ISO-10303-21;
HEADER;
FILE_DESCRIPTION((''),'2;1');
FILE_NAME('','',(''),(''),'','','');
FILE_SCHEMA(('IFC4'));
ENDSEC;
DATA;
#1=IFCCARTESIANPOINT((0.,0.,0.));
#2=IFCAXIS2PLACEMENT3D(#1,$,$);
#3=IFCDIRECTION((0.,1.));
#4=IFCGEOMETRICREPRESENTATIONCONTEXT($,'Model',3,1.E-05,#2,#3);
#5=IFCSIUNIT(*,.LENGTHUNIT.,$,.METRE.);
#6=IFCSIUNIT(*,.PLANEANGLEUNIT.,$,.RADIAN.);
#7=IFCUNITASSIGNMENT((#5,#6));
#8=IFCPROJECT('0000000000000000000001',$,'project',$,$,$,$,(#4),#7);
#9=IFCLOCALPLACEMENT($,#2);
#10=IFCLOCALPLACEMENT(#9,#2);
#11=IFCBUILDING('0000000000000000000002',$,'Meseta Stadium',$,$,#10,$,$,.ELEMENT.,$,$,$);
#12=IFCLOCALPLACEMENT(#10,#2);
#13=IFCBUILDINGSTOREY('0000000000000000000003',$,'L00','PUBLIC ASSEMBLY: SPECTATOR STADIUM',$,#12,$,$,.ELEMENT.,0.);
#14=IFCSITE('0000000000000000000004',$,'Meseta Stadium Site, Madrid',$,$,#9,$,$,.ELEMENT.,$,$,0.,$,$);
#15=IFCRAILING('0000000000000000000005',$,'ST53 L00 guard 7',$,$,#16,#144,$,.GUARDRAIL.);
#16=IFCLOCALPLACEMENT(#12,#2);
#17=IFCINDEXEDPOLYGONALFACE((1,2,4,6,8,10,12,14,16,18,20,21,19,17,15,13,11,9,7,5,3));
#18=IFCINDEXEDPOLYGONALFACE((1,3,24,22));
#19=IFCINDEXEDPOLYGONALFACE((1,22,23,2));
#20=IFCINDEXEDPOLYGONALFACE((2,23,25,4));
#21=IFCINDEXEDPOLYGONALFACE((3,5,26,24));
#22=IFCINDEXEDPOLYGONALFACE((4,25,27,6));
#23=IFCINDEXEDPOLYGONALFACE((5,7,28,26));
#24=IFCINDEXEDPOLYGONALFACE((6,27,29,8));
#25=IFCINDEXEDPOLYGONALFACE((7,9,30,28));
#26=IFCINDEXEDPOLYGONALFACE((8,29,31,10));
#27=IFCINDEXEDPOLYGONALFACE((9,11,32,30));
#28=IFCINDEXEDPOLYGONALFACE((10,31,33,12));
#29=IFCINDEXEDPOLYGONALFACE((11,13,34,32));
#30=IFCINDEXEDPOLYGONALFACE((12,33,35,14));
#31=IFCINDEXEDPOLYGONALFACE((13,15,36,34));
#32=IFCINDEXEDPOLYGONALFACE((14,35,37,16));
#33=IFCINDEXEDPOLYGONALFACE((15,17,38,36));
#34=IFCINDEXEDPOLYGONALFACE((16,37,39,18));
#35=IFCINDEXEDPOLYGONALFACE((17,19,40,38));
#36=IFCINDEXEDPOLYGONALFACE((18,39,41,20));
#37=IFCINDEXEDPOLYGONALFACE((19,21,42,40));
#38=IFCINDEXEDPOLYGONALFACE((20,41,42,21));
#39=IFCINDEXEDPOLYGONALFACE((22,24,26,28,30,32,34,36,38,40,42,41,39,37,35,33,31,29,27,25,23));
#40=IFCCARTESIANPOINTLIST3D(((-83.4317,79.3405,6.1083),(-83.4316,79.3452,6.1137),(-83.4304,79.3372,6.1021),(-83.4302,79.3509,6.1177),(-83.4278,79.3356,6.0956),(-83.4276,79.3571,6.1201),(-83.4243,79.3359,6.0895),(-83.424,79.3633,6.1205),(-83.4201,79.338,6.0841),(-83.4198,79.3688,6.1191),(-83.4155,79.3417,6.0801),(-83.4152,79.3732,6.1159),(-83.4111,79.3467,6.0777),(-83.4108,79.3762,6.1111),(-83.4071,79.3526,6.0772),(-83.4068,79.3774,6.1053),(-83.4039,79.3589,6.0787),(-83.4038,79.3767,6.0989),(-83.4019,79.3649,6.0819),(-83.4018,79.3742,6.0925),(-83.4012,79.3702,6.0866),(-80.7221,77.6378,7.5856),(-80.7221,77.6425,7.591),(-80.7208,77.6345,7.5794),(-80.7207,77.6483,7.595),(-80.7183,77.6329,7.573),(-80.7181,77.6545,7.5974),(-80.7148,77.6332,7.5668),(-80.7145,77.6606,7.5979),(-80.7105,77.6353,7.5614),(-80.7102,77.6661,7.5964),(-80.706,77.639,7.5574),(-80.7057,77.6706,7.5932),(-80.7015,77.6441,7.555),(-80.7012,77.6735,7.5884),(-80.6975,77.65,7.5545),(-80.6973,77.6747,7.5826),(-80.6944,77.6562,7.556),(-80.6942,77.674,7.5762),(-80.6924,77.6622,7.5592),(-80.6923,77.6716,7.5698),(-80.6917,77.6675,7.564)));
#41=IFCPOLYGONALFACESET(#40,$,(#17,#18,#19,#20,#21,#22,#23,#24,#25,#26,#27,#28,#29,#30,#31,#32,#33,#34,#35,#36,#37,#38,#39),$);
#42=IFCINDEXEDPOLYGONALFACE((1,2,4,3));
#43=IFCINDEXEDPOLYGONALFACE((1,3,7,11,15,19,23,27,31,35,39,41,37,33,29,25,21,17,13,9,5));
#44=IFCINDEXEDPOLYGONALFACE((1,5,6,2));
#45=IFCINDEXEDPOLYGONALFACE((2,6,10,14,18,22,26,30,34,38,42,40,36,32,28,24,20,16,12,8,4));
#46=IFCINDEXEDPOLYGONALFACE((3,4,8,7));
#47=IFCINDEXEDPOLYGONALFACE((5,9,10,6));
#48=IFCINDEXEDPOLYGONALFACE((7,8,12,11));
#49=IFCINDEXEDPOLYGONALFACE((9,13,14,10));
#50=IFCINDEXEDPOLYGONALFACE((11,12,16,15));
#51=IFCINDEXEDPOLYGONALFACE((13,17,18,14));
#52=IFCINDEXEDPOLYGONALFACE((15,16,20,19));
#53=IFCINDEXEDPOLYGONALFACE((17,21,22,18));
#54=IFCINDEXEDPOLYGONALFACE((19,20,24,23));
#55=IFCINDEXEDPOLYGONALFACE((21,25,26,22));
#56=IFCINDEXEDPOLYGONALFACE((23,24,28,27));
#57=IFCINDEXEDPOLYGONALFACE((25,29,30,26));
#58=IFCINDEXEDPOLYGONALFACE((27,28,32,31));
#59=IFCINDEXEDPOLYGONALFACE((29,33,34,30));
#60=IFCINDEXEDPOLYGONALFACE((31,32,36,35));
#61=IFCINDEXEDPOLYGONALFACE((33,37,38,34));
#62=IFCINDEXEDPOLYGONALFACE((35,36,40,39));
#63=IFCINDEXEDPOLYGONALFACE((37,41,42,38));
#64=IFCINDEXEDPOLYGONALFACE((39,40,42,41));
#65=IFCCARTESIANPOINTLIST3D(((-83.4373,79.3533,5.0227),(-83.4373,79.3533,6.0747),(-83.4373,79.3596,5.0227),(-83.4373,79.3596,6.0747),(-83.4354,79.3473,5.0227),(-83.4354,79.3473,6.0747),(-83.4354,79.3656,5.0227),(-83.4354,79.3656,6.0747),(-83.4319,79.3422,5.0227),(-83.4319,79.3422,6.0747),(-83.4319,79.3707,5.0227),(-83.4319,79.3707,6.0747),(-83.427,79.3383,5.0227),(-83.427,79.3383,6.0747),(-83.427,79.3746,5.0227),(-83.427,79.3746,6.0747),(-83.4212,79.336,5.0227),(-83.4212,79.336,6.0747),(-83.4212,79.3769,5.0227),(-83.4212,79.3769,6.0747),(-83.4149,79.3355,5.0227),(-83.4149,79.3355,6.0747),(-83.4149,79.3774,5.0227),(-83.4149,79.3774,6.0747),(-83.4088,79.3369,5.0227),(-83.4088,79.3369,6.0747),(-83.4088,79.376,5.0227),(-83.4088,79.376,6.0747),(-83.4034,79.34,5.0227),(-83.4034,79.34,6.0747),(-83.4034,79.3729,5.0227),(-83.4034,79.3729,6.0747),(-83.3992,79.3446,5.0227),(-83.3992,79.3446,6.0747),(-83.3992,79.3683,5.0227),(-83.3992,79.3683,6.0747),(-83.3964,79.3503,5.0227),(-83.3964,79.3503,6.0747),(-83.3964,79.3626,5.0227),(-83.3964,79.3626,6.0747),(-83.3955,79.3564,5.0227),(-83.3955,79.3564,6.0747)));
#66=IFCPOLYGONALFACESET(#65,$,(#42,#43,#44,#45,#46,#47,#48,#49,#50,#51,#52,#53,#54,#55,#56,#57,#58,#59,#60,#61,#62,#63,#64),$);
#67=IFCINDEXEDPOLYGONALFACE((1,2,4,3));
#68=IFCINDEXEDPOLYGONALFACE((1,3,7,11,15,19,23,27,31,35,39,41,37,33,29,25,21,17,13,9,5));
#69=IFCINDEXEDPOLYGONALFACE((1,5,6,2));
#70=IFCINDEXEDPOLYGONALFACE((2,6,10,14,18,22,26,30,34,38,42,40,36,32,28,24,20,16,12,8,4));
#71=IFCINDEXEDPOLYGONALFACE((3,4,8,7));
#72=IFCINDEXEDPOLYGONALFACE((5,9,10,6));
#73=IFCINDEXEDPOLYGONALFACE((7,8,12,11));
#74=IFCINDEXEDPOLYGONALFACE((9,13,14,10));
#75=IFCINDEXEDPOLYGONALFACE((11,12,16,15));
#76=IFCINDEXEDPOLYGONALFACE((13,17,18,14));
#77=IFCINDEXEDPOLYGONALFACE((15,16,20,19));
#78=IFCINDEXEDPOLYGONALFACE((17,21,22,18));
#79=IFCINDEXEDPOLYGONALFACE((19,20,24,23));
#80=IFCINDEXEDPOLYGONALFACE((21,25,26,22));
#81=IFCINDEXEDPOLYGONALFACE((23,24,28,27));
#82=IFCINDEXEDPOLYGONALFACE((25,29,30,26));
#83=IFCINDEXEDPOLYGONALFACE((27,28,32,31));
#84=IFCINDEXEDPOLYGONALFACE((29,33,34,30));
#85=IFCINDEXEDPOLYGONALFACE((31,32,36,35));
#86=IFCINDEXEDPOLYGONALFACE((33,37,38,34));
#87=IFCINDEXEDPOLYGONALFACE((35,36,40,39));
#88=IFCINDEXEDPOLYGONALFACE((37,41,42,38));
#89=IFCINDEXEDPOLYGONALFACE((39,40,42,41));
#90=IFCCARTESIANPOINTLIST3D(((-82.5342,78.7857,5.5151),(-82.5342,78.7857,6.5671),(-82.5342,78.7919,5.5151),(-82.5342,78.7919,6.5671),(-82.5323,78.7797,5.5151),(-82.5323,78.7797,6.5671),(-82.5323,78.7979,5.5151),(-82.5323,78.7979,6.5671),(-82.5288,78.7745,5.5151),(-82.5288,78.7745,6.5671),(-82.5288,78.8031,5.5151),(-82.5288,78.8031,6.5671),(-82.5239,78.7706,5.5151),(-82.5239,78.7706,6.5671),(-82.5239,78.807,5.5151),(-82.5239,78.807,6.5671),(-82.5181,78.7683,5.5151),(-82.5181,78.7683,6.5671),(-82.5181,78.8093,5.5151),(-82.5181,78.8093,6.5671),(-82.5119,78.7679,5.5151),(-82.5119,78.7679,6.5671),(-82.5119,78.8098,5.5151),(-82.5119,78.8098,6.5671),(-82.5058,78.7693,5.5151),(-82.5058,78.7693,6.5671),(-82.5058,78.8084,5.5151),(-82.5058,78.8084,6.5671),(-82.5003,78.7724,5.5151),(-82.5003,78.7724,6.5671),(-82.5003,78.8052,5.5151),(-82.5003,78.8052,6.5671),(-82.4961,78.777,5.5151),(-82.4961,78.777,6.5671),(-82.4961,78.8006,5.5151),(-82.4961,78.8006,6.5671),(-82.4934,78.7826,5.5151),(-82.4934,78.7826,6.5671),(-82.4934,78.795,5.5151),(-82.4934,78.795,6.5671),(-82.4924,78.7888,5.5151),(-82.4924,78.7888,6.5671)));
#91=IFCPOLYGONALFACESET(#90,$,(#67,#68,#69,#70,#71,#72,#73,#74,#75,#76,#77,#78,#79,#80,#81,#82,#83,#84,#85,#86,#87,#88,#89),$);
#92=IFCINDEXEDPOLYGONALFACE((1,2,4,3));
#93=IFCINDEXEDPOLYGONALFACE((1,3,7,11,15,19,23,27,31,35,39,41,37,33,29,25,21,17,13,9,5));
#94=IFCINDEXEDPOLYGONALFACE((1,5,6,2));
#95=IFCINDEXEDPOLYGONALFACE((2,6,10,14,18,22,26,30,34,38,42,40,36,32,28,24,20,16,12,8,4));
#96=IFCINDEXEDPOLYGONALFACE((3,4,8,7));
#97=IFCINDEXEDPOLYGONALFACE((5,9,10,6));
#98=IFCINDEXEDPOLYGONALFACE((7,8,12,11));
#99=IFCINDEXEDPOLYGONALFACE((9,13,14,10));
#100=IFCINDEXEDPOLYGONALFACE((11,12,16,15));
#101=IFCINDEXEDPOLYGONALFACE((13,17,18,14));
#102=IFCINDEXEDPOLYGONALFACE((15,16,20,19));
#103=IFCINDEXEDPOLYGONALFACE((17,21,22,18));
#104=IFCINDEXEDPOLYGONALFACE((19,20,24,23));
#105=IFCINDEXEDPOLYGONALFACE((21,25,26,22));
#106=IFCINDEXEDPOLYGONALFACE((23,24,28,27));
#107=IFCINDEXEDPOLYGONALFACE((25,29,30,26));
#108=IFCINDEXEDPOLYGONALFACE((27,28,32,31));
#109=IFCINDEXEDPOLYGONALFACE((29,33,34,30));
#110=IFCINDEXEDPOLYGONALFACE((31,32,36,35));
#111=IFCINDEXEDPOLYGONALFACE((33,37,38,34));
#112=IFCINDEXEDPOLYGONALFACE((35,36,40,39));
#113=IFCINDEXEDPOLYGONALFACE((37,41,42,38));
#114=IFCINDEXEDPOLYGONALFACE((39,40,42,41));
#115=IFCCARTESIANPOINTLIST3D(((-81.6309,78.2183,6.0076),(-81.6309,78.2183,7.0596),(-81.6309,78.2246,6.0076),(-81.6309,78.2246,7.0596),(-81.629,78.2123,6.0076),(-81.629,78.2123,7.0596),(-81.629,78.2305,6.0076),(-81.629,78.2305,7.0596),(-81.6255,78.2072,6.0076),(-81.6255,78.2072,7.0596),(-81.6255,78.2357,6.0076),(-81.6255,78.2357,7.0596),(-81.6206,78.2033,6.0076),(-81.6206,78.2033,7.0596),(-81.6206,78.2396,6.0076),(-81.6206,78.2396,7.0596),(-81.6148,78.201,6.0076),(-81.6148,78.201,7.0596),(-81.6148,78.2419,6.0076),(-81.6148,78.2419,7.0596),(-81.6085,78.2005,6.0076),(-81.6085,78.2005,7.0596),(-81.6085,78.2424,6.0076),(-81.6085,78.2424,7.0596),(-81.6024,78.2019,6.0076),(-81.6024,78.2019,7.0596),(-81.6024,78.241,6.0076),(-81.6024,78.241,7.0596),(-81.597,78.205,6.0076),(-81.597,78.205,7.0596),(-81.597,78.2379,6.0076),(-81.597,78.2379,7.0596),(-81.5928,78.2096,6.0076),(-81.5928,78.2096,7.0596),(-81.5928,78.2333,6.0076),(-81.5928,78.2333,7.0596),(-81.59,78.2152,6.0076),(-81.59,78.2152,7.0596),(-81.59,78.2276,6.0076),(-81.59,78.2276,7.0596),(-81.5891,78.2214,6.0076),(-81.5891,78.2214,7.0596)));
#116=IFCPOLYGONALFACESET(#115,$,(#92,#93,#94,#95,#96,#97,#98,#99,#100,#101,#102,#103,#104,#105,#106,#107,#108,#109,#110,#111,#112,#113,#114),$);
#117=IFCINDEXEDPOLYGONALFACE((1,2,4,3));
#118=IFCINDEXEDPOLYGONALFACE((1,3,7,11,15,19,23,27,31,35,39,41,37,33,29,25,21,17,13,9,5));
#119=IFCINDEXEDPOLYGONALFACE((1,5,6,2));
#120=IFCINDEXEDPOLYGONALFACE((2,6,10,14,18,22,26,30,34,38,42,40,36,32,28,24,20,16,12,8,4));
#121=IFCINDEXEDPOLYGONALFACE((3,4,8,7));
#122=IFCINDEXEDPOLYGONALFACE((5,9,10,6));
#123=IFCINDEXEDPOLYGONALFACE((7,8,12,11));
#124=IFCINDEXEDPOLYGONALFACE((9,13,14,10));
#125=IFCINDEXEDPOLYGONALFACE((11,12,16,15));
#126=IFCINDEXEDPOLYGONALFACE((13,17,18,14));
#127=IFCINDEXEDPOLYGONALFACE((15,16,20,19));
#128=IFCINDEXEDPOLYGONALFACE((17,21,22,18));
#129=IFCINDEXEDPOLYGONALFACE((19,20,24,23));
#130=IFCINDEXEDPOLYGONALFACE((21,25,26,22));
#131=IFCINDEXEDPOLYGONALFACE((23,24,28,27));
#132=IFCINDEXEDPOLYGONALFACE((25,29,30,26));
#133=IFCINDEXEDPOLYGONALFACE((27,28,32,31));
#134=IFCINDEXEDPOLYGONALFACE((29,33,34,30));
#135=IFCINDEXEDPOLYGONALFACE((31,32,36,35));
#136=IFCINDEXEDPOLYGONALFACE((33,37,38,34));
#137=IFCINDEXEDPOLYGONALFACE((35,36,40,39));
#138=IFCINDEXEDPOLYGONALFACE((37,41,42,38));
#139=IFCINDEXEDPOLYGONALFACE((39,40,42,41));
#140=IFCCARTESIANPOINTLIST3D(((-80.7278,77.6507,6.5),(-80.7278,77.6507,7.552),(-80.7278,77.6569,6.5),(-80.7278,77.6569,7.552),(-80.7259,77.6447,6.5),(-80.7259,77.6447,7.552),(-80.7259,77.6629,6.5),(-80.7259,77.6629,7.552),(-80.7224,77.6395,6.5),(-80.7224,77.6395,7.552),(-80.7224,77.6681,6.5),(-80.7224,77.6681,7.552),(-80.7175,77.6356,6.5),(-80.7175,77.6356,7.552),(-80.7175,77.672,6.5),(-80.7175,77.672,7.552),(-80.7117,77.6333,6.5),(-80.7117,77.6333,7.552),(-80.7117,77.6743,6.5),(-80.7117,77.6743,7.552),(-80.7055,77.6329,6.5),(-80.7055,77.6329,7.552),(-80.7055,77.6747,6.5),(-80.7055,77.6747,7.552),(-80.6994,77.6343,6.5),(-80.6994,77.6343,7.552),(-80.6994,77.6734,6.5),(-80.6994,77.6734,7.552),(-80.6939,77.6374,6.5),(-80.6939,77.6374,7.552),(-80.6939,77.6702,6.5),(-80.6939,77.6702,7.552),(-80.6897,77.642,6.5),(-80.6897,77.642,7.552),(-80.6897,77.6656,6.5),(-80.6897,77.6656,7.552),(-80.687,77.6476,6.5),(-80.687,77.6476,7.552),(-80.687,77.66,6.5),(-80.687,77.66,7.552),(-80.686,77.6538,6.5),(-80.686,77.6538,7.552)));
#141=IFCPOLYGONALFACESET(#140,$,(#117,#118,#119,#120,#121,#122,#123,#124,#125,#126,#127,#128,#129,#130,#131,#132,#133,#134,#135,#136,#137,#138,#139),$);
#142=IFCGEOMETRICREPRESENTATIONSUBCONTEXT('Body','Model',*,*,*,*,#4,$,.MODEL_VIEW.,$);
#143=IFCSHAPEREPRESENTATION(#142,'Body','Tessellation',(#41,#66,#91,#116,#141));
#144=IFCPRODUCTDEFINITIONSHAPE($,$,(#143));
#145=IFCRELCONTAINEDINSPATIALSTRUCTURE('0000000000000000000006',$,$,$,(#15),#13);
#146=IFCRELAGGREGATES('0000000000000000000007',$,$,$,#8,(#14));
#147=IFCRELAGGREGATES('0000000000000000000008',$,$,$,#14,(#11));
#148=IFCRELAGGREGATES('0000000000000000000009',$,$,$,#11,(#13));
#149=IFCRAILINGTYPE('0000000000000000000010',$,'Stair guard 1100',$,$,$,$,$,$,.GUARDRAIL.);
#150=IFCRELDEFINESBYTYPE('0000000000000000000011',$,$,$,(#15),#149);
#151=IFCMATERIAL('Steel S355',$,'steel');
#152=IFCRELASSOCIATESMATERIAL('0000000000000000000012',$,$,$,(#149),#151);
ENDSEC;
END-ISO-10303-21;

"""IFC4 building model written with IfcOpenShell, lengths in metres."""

from ifc_helpers import new_model, si_unit, direction, frame, origin, origin_2d, place, context, subcontext, project, spatial, circle, extrude, material, type_object, element, save


model = new_model("IFC4")

# Units and contexts
model_context = context("Model", 3, precision=1e-05, world=origin(), true_north=direction((0.0, 1.0)))
body_context = subcontext(model_context, "Body", "Model", "MODEL_VIEW")
ifc_project = project(units=[si_unit("LENGTHUNIT", "METRE"), si_unit("PLANEANGLEUNIT", "RADIAN")], contexts=[model_context])

# Site, building, storey
site_placement = place(None, origin())
site = spatial("IfcSite", under=ifc_project, at=site_placement, Name="Meseta Stadium Site, Madrid", CompositionType="ELEMENT", RefElevation=0.0)
building_placement = place(site_placement, origin())
building = spatial("IfcBuilding", under=site, at=building_placement, Name="Meseta Stadium", CompositionType="ELEMENT")
storey_placement = place(building_placement, origin())
storey = spatial("IfcBuildingStorey", under=building, at=storey_placement, Name="L00", Description="PUBLIC ASSEMBLY: SPECTATOR STADIUM", CompositionType="ELEMENT", Elevation=0.0)

# Railing
ifc_material_1 = material(Name="Steel S355", Category="steel")
railing_type_1 = type_object("IfcRailingType", Name="Stair guard 1100", PredefinedType="GUARDRAIL", material=ifc_material_1)
railing_1_placement = place(storey_placement, frame((-83.4165, 79.3564, 5.0227)))
element("IfcRailing", 1, at=railing_1_placement, inside=storey, type_object=railing_type_1, Name="ST53 L00 guard 7", PredefinedType="GUARDRAIL", context=body_context, shape_type="SweptSolid", body=[
    extrude(circle(Radius=0.0239, at=origin_2d()), frame((0.0, 0.0, 1.0762), z_axis=(0.768738, -0.483076, 0.419142), x_axis=(0.532068, 0.846701, 0.0)), (0.0, 0.0, 1.0), 3.5247),
    extrude(circle(Radius=0.021, at=origin_2d()), origin(), (0.0, 0.0, 1.0), 1.052),
    extrude(circle(Radius=0.021, at=origin_2d()), frame((0.9031, -0.5676, 0.4924)), (0.0, 0.0, 1.0), 1.052),
    extrude(circle(Radius=0.021, at=origin_2d()), frame((1.8064, -1.135, 0.9849)), (0.0, 0.0, 1.0), 1.052),
    extrude(circle(Radius=0.021, at=origin_2d()), frame((2.7095, -1.7026, 1.4773)), (0.0, 0.0, 1.0), 1.052),
])

save(model, "model.ifc")
